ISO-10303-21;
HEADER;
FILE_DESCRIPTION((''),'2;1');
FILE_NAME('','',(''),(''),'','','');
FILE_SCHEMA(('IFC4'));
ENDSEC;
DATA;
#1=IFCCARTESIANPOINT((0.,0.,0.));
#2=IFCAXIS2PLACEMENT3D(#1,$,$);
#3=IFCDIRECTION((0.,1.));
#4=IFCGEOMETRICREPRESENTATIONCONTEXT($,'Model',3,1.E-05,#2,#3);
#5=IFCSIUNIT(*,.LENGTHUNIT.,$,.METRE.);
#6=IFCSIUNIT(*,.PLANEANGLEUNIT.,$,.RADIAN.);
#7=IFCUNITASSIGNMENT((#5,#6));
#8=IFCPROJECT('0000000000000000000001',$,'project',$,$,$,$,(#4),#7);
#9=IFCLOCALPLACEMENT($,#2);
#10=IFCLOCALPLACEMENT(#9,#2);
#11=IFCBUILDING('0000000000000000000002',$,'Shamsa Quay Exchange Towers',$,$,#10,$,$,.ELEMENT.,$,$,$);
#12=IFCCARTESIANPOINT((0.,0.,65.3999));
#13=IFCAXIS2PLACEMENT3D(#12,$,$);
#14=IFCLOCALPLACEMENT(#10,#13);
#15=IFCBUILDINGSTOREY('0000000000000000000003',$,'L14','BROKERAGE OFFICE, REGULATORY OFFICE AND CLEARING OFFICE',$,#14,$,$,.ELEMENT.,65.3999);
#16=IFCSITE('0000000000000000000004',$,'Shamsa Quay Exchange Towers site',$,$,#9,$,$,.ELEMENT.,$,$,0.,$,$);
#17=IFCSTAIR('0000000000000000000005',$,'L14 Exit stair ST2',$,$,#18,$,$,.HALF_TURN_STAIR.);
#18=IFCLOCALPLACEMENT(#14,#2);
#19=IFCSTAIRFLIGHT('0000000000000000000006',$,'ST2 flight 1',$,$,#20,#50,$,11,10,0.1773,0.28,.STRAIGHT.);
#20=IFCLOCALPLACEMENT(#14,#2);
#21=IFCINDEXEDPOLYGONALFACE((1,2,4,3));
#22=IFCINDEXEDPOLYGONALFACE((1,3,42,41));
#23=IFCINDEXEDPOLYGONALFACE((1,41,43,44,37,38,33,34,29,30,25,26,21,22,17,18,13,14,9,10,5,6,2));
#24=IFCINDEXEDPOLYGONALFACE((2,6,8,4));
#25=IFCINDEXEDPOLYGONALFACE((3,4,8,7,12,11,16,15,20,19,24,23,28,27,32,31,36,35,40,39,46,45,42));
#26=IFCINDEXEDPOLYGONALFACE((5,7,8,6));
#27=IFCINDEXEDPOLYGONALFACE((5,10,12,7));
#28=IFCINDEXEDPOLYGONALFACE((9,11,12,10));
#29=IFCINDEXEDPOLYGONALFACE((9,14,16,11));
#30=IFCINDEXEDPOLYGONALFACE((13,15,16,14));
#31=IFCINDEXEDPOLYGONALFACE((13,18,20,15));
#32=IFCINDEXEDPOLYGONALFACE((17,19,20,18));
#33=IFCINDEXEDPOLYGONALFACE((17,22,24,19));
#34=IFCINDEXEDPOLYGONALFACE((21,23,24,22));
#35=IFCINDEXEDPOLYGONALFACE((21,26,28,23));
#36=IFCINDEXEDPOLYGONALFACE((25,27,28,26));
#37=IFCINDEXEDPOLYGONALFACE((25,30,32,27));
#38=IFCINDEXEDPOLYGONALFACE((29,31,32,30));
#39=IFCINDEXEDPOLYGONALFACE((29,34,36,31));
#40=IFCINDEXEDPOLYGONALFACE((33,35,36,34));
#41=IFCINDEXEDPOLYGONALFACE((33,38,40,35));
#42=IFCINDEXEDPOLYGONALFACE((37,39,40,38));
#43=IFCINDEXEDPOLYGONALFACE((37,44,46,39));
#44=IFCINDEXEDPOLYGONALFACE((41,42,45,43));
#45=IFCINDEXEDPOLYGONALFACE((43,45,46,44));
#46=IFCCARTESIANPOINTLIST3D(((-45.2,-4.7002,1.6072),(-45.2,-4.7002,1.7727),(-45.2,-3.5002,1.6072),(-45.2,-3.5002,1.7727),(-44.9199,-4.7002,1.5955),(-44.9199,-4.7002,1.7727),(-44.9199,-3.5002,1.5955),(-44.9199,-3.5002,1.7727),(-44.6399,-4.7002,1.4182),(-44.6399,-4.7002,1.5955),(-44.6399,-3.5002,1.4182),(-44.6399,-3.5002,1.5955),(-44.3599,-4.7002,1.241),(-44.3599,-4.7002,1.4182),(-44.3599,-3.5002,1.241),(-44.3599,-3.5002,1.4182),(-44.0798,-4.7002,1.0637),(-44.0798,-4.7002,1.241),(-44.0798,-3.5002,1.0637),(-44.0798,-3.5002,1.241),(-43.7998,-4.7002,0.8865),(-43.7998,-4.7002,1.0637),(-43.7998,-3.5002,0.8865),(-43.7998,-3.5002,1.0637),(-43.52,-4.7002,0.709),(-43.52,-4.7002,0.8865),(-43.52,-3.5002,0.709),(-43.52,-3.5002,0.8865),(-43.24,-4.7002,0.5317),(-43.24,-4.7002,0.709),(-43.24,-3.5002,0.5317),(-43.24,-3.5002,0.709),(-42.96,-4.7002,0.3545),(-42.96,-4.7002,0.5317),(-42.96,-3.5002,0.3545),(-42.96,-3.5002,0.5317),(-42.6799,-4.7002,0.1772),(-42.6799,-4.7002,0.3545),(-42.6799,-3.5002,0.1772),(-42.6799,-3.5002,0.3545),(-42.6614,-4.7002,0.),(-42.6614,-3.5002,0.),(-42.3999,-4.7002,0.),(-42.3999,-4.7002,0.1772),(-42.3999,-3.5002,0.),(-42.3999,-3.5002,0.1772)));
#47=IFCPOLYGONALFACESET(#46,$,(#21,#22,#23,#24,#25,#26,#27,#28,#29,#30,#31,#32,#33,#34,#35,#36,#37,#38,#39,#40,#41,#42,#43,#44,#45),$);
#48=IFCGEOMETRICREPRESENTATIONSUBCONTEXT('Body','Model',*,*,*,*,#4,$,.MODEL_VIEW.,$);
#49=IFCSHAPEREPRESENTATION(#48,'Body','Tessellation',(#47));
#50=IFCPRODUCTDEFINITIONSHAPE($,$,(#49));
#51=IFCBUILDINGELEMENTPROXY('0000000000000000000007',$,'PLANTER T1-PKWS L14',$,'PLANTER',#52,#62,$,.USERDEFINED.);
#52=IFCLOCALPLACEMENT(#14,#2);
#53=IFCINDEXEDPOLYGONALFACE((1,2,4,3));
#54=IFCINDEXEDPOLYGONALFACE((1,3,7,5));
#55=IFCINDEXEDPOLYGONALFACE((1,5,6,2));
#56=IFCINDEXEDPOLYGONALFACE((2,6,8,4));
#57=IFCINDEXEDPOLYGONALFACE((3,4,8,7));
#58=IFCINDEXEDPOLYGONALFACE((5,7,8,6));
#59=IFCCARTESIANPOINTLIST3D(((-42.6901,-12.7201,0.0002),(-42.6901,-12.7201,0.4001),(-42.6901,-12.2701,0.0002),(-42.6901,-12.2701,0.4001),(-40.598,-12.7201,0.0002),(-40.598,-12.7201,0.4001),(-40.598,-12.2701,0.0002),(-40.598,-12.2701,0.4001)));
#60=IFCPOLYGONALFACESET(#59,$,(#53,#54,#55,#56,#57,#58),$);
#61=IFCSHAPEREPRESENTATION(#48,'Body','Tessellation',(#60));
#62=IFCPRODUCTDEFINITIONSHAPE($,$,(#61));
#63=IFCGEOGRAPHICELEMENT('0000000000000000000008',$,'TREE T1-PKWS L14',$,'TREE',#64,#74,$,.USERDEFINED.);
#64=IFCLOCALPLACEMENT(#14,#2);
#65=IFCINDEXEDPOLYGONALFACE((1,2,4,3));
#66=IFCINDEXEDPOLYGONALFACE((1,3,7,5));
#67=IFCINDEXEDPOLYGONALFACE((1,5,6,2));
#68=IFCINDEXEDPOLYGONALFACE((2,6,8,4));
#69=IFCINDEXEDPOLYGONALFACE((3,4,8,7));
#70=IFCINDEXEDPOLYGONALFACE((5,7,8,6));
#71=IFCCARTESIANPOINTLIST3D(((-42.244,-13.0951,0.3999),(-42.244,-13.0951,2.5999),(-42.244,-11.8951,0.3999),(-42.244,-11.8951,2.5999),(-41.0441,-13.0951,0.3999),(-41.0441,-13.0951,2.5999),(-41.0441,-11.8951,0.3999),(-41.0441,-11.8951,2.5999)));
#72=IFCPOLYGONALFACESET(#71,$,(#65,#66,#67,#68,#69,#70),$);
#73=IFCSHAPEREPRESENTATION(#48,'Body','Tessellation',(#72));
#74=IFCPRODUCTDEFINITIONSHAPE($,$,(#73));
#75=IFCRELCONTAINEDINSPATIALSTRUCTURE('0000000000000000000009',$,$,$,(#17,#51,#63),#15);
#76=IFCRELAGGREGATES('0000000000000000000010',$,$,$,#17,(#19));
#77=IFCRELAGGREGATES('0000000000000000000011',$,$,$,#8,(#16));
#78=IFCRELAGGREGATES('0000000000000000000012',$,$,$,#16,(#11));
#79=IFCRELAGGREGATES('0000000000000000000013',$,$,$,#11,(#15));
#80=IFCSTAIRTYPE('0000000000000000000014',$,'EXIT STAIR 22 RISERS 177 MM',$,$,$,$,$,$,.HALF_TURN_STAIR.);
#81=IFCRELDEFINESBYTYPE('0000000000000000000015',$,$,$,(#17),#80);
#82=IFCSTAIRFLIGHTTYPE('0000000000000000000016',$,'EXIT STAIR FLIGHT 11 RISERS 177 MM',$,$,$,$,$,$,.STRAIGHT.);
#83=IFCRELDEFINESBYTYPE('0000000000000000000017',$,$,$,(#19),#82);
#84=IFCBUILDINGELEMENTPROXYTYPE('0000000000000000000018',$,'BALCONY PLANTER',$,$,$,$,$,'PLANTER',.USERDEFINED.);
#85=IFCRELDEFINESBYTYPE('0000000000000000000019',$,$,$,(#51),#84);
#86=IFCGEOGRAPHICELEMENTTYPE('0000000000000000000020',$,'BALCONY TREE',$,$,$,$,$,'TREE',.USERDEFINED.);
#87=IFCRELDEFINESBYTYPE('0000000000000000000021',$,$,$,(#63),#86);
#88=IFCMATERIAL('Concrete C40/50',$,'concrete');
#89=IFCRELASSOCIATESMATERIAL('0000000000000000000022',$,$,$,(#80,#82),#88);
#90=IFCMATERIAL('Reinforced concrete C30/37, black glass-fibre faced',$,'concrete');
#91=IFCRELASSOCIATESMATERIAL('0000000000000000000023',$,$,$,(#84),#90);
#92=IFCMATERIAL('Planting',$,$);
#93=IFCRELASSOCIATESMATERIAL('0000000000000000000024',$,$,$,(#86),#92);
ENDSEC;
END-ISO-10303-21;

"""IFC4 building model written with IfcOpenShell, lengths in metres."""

from ifc_helpers import new_model, si_unit, direction, frame, origin, origin_2d, place, context, subcontext, project, spatial, polyline, rectangle, outline, extrude, material, type_object, element, aggregate, save


model = new_model("IFC4")

# Units and contexts
model_context = context("Model", 3, precision=1e-05, world=origin(), true_north=direction((0.0, 1.0)))
body_context = subcontext(model_context, "Body", "Model", "MODEL_VIEW")
ifc_project = project(units=[si_unit("LENGTHUNIT", "METRE"), si_unit("PLANEANGLEUNIT", "RADIAN")], contexts=[model_context])

# Site, building, storey
site_placement = place(None, origin())
site = spatial("IfcSite", under=ifc_project, at=site_placement, Name="Shamsa Quay Exchange Towers site", CompositionType="ELEMENT", RefElevation=0.0)
building_placement = place(site_placement, origin())
building = spatial("IfcBuilding", under=site, at=building_placement, Name="Shamsa Quay Exchange Towers", CompositionType="ELEMENT")
storey_placement = place(building_placement, frame((0.0, 0.0, 65.3999)))
storey = spatial("IfcBuildingStorey", under=building, at=storey_placement, Name="L14", Description="BROKERAGE OFFICE, REGULATORY OFFICE AND CLEARING OFFICE", CompositionType="ELEMENT", Elevation=65.3999)

# Stair, stair flight
ifc_material_1 = material(Name="Concrete C40/50", Category="concrete")
stair_type = type_object("IfcStairType", Name="EXIT STAIR 22 RISERS 177 MM", PredefinedType="HALF_TURN_STAIR", material=ifc_material_1)
stair_placement = place(storey_placement, origin())
stair = element("IfcStair", 1, at=stair_placement, inside=storey, type_object=stair_type, Name="L14 Exit stair ST2", PredefinedType="HALF_TURN_STAIR")
stair_flight_type = type_object("IfcStairFlightType", Name="EXIT STAIR FLIGHT 11 RISERS 177 MM", PredefinedType="STRAIGHT", material=ifc_material_1)
stair_flight_placement = place(storey_placement, frame((-42.3999, -4.1001, 0.0), z_axis=(0.0, 0.0, 1.0), x_axis=(-1.0, 0.0, 0.0)))
stair_flight = element("IfcStairFlight", 2, at=stair_flight_placement, type_object=stair_flight_type, Name="ST2 flight 1", NumberOfRisers=11, NumberOfTreads=10, PredefinedType="STRAIGHT", RiserHeight=0.1773, TreadLength=0.28, context=body_context, shape_type="SweptSolid", body=[
    extrude(outline(polyline([(0.0, 0.0), (0.0, 0.1772), (0.28, 0.1772), (0.28, 0.3545), (0.5601, 0.3545), (0.5601, 0.5317), (0.8401, 0.5317), (0.8401, 0.709), (1.1201, 0.709), (1.1201, 0.8865), (1.3999, 0.8865), (1.3999, 1.0637), (1.6799, 1.0637), (1.6799, 1.241), (1.96, 1.241), (1.96, 1.4182), (2.24, 1.4182), (2.24, 1.5955), (2.52, 1.5955), (2.52, 1.7727), (2.8, 1.7727), (2.8, 1.95), (2.8, 1.6072), (0.2615, 0.0), (0.0, 0.0)])), frame((0.0, 0.6001, 0.0), z_axis=(0.0, -1.0, 0.0), x_axis=(1.0, 0.0, 0.0)), (0.0, 0.0, 1.0), 1.2),
])
aggregate(stair, [stair_flight])

# Building element proxy
ifc_material_2 = material(Name="Reinforced concrete C30/37, black glass-fibre faced", Category="concrete")
building_element_proxy_type = type_object("IfcBuildingElementProxyType", Name="BALCONY PLANTER", ElementType="PLANTER", PredefinedType="USERDEFINED", material=ifc_material_2)
proxy_placement = place(storey_placement, frame((-41.644, -12.4951, 0.0002)))
element("IfcBuildingElementProxy", 3, at=proxy_placement, inside=storey, type_object=building_element_proxy_type, Name="PLANTER T1-PKWS L14", ObjectType="PLANTER", PredefinedType="USERDEFINED", context=body_context, shape_type="SweptSolid", body=[
    extrude(rectangle(XDim=2.092, YDim=0.45, at=origin_2d()), origin(), (0.0, 0.0, 1.0), 0.3999),
])

# Geographic element
ifc_material_3 = material(Name="Planting")
geographic_element_type = type_object("IfcGeographicElementType", Name="BALCONY TREE", ElementType="TREE", PredefinedType="USERDEFINED", material=ifc_material_3)
geographic_element_placement = place(storey_placement, frame((-41.644, -12.4951, 0.3999)))
element("IfcGeographicElement", 4, at=geographic_element_placement, inside=storey, type_object=geographic_element_type, Name="TREE T1-PKWS L14", ObjectType="TREE", PredefinedType="USERDEFINED", context=body_context, shape_type="SweptSolid", body=[
    extrude(rectangle(XDim=1.2, YDim=1.2, at=origin_2d()), origin(), (0.0, 0.0, 1.0), 2.2),
])

save(model, "model.ifc")
